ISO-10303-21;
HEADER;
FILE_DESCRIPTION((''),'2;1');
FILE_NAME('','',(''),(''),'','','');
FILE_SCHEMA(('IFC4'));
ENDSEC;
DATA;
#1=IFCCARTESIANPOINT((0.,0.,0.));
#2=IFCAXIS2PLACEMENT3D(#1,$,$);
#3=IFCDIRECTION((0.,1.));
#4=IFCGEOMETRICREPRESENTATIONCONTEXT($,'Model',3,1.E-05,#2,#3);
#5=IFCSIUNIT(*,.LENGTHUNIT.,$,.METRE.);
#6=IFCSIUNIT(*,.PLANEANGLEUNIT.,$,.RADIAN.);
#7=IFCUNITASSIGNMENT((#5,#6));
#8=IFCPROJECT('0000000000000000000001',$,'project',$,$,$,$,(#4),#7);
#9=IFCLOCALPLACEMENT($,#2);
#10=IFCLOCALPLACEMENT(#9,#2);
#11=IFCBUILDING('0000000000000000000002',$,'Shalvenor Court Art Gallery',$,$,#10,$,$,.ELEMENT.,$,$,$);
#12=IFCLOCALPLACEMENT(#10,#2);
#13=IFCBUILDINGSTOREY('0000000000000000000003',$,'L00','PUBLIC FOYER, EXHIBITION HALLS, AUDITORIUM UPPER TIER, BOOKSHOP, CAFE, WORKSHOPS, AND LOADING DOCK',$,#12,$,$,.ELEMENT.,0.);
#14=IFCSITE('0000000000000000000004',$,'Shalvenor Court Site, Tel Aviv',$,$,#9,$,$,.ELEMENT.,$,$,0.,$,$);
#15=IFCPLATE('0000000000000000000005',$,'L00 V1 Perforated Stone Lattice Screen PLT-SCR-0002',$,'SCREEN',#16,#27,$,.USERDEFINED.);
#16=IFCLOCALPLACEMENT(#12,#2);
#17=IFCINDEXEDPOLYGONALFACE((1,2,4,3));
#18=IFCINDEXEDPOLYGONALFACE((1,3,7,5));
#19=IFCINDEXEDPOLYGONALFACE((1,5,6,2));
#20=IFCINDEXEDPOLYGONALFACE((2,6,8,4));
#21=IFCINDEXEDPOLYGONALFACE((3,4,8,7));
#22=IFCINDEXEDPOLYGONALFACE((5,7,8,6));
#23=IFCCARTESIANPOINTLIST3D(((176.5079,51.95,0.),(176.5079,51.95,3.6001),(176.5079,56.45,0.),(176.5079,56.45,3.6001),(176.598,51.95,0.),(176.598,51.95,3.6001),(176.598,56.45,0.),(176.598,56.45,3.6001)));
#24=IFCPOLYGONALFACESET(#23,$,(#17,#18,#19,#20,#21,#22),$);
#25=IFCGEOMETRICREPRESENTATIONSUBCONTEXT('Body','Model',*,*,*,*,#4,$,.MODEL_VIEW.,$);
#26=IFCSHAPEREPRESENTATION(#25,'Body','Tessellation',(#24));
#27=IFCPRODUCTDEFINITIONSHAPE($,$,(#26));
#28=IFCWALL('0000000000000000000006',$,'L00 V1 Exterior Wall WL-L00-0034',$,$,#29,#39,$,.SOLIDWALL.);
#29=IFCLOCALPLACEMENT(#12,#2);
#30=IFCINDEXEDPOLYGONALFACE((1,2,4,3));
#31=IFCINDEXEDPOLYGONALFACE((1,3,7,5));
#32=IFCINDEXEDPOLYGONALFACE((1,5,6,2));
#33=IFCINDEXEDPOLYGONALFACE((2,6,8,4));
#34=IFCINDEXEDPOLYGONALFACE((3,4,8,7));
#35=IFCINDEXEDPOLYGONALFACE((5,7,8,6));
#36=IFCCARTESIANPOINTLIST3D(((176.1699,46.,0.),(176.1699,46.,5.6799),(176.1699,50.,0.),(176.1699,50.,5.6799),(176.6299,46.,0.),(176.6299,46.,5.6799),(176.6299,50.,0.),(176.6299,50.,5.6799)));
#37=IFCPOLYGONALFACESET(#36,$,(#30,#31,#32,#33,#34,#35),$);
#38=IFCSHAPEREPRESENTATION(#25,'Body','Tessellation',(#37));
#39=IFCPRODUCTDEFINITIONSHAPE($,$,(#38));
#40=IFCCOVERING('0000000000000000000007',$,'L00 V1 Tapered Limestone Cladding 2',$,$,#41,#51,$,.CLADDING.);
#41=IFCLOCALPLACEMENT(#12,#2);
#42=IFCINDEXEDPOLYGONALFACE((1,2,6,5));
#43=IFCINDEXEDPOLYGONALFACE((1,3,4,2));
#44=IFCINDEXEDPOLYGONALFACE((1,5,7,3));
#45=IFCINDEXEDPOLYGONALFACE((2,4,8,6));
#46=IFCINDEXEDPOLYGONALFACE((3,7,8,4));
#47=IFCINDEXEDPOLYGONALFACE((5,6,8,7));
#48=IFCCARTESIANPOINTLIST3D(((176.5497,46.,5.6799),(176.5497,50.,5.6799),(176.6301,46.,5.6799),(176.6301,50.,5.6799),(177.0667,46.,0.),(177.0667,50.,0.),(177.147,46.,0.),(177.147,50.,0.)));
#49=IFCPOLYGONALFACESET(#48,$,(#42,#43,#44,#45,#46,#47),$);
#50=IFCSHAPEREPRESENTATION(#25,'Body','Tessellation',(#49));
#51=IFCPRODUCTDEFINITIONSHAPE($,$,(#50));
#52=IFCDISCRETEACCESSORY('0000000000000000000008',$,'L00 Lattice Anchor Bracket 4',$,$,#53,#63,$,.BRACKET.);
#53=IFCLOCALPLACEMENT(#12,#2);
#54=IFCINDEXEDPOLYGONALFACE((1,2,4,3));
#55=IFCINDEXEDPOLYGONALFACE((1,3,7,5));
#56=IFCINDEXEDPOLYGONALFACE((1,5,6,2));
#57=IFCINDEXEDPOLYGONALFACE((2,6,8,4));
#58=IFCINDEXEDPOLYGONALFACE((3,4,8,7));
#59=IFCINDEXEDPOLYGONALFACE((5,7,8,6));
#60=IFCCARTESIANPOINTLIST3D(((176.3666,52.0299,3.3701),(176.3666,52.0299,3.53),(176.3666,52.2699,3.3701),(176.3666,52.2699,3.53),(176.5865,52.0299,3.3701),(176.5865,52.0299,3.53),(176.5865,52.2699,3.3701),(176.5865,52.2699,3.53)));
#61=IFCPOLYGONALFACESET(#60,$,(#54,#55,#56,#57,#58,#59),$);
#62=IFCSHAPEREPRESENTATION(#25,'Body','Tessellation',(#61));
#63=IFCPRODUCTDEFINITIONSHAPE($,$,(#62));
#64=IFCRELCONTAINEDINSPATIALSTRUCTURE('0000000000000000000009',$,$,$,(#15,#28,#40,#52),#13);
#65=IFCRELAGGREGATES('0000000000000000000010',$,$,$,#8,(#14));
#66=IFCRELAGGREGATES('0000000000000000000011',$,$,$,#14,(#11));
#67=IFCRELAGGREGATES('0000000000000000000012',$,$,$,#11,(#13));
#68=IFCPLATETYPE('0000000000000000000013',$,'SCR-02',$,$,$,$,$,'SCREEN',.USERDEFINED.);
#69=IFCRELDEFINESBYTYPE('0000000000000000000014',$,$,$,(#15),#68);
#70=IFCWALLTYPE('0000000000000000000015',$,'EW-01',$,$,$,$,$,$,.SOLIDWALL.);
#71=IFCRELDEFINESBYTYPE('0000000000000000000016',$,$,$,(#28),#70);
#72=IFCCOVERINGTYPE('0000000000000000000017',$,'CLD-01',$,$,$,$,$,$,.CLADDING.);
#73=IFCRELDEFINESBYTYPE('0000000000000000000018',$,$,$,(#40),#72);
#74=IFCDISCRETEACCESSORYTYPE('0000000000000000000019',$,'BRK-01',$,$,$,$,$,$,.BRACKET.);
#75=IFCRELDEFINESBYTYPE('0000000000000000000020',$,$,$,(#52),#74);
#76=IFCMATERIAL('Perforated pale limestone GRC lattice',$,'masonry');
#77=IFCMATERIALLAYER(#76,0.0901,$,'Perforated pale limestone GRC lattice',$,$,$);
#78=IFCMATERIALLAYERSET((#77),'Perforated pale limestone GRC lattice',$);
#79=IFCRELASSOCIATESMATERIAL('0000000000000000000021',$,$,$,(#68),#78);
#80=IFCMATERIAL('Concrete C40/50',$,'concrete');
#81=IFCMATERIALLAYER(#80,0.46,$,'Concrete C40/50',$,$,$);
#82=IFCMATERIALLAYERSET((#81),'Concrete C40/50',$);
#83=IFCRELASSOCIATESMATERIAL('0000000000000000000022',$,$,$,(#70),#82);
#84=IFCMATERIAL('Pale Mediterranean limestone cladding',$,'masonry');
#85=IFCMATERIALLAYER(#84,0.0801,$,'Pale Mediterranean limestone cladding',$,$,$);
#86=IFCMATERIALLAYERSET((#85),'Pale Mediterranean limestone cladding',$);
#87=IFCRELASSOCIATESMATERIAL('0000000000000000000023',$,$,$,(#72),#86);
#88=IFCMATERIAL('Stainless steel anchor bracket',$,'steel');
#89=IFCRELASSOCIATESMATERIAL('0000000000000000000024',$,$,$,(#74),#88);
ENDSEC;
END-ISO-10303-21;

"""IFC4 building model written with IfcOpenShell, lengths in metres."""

from ifc_helpers import new_model, si_unit, direction, frame, frame_2d, origin, origin_2d, place, context, subcontext, project, spatial, polyline, rectangle, outline, extrude, material, layer, layer_set, type_object, element, save


model = new_model("IFC4")

# Units and contexts
model_context = context("Model", 3, precision=1e-05, world=origin(), true_north=direction((0.0, 1.0)))
body_context = subcontext(model_context, "Body", "Model", "MODEL_VIEW")
ifc_project = project(units=[si_unit("LENGTHUNIT", "METRE"), si_unit("PLANEANGLEUNIT", "RADIAN")], contexts=[model_context])

# Site, building, storey
site_placement = place(None, origin())
site = spatial("IfcSite", under=ifc_project, at=site_placement, Name="Shalvenor Court Site, Tel Aviv", CompositionType="ELEMENT", RefElevation=0.0)
building_placement = place(site_placement, origin())
building = spatial("IfcBuilding", under=site, at=building_placement, Name="Shalvenor Court Art Gallery", CompositionType="ELEMENT")
storey_placement = place(building_placement, origin())
storey = spatial("IfcBuildingStorey", under=building, at=storey_placement, Name="L00", Description="PUBLIC FOYER, EXHIBITION HALLS, AUDITORIUM UPPER TIER, BOOKSHOP, CAFE, WORKSHOPS, AND LOADING DOCK", CompositionType="ELEMENT", Elevation=0.0)

# Plate
ifc_material_1 = material(Name="Perforated pale limestone GRC lattice", Category="masonry")
ifc_layer_1 = layer(ifc_material_1, 0.0901, Name="Perforated pale limestone GRC lattice")
ifc_layer_set_1 = layer_set([ifc_layer_1], Name="Perforated pale limestone GRC lattice")
plate_type_1 = type_object("IfcPlateType", Name="SCR-02", ElementType="SCREEN", PredefinedType="USERDEFINED", material=ifc_layer_set_1)
plate_1_placement = place(storey_placement, frame((176.553, 54.2, 0.0), z_axis=(0.0, 0.0, 1.0), x_axis=(0.0, -1.0, 0.0)))
element("IfcPlate", 1, at=plate_1_placement, inside=storey, type_object=plate_type_1, Name="L00 V1 Perforated Stone Lattice Screen PLT-SCR-0002", ObjectType="SCREEN", PredefinedType="USERDEFINED", context=body_context, shape_type="SweptSolid", body=[
    extrude(rectangle(XDim=4.5, YDim=0.0901, at=origin_2d()), origin(), (0.0, 0.0, 1.0), 3.6001),
])

# Wall
ifc_material_2 = material(Name="Concrete C40/50", Category="concrete")
ifc_layer_2 = layer(ifc_material_2, 0.46, Name="Concrete C40/50")
ifc_layer_set_2 = layer_set([ifc_layer_2], Name="Concrete C40/50")
wall_type = type_object("IfcWallType", Name="EW-01", PredefinedType="SOLIDWALL", material=ifc_layer_set_2)
wall_placement = place(storey_placement, frame((176.3999, 50.0, 0.0), z_axis=(0.0, 0.0, 1.0), x_axis=(0.0, -1.0, 0.0)))
element("IfcWall", 2, at=wall_placement, inside=storey, type_object=wall_type, Name="L00 V1 Exterior Wall WL-L00-0034", PredefinedType="SOLIDWALL", context=body_context, shape_type="SweptSolid", body=[
    extrude(rectangle(XDim=4.0, YDim=0.46, at=frame_2d((2.0, 0.0))), origin(), (0.0, 0.0, 1.0), 5.6799),
])

# Covering
ifc_material_3 = material(Name="Pale Mediterranean limestone cladding", Category="masonry")
ifc_layer_3 = layer(ifc_material_3, 0.0801, Name="Pale Mediterranean limestone cladding")
ifc_layer_set_3 = layer_set([ifc_layer_3], Name="Pale Mediterranean limestone cladding")
covering_type = type_object("IfcCoveringType", Name="CLD-01", PredefinedType="CLADDING", material=ifc_layer_set_3)
covering_placement = place(storey_placement, frame((177.147, 46.0, 0.0), z_axis=(0.0, 0.0, 1.0), x_axis=(0.0, 1.0, 0.0)))
element("IfcCovering", 3, at=covering_placement, inside=storey, type_object=covering_type, Name="L00 V1 Tapered Limestone Cladding 2", PredefinedType="CLADDING", context=body_context, shape_type="SweptSolid", body=[
    extrude(outline(polyline([(0.0, 0.0), (4.0, 0.0), (4.0, 5.7034), (0.0, 5.7034), (0.0, 0.0)])), frame((0.0, 0.0, 0.0), z_axis=(0.0, -0.995884, 0.090633), x_axis=(1.0, 0.0, 0.0)), (0.0, 0.090633, -0.995884), 0.0803),
])

# Discrete accessory
ifc_material_4 = material(Name="Stainless steel anchor bracket", Category="steel")
discrete_accessory_type = type_object("IfcDiscreteAccessoryType", Name="BRK-01", PredefinedType="BRACKET", material=ifc_material_4)
discrete_accessory_placement = place(storey_placement, frame((176.4766, 52.1499, 3.3701), z_axis=(0.0, 0.0, 1.0), x_axis=(0.0, -1.0, 0.0)))
element("IfcDiscreteAccessory", 4, at=discrete_accessory_placement, inside=storey, type_object=discrete_accessory_type, Name="L00 Lattice Anchor Bracket 4", PredefinedType="BRACKET", context=body_context, shape_type="SweptSolid", body=[
    extrude(rectangle(XDim=0.24, YDim=0.22, at=origin_2d()), origin(), (0.0, 0.0, 1.0), 0.1599),
])

save(model, "model.ifc")
